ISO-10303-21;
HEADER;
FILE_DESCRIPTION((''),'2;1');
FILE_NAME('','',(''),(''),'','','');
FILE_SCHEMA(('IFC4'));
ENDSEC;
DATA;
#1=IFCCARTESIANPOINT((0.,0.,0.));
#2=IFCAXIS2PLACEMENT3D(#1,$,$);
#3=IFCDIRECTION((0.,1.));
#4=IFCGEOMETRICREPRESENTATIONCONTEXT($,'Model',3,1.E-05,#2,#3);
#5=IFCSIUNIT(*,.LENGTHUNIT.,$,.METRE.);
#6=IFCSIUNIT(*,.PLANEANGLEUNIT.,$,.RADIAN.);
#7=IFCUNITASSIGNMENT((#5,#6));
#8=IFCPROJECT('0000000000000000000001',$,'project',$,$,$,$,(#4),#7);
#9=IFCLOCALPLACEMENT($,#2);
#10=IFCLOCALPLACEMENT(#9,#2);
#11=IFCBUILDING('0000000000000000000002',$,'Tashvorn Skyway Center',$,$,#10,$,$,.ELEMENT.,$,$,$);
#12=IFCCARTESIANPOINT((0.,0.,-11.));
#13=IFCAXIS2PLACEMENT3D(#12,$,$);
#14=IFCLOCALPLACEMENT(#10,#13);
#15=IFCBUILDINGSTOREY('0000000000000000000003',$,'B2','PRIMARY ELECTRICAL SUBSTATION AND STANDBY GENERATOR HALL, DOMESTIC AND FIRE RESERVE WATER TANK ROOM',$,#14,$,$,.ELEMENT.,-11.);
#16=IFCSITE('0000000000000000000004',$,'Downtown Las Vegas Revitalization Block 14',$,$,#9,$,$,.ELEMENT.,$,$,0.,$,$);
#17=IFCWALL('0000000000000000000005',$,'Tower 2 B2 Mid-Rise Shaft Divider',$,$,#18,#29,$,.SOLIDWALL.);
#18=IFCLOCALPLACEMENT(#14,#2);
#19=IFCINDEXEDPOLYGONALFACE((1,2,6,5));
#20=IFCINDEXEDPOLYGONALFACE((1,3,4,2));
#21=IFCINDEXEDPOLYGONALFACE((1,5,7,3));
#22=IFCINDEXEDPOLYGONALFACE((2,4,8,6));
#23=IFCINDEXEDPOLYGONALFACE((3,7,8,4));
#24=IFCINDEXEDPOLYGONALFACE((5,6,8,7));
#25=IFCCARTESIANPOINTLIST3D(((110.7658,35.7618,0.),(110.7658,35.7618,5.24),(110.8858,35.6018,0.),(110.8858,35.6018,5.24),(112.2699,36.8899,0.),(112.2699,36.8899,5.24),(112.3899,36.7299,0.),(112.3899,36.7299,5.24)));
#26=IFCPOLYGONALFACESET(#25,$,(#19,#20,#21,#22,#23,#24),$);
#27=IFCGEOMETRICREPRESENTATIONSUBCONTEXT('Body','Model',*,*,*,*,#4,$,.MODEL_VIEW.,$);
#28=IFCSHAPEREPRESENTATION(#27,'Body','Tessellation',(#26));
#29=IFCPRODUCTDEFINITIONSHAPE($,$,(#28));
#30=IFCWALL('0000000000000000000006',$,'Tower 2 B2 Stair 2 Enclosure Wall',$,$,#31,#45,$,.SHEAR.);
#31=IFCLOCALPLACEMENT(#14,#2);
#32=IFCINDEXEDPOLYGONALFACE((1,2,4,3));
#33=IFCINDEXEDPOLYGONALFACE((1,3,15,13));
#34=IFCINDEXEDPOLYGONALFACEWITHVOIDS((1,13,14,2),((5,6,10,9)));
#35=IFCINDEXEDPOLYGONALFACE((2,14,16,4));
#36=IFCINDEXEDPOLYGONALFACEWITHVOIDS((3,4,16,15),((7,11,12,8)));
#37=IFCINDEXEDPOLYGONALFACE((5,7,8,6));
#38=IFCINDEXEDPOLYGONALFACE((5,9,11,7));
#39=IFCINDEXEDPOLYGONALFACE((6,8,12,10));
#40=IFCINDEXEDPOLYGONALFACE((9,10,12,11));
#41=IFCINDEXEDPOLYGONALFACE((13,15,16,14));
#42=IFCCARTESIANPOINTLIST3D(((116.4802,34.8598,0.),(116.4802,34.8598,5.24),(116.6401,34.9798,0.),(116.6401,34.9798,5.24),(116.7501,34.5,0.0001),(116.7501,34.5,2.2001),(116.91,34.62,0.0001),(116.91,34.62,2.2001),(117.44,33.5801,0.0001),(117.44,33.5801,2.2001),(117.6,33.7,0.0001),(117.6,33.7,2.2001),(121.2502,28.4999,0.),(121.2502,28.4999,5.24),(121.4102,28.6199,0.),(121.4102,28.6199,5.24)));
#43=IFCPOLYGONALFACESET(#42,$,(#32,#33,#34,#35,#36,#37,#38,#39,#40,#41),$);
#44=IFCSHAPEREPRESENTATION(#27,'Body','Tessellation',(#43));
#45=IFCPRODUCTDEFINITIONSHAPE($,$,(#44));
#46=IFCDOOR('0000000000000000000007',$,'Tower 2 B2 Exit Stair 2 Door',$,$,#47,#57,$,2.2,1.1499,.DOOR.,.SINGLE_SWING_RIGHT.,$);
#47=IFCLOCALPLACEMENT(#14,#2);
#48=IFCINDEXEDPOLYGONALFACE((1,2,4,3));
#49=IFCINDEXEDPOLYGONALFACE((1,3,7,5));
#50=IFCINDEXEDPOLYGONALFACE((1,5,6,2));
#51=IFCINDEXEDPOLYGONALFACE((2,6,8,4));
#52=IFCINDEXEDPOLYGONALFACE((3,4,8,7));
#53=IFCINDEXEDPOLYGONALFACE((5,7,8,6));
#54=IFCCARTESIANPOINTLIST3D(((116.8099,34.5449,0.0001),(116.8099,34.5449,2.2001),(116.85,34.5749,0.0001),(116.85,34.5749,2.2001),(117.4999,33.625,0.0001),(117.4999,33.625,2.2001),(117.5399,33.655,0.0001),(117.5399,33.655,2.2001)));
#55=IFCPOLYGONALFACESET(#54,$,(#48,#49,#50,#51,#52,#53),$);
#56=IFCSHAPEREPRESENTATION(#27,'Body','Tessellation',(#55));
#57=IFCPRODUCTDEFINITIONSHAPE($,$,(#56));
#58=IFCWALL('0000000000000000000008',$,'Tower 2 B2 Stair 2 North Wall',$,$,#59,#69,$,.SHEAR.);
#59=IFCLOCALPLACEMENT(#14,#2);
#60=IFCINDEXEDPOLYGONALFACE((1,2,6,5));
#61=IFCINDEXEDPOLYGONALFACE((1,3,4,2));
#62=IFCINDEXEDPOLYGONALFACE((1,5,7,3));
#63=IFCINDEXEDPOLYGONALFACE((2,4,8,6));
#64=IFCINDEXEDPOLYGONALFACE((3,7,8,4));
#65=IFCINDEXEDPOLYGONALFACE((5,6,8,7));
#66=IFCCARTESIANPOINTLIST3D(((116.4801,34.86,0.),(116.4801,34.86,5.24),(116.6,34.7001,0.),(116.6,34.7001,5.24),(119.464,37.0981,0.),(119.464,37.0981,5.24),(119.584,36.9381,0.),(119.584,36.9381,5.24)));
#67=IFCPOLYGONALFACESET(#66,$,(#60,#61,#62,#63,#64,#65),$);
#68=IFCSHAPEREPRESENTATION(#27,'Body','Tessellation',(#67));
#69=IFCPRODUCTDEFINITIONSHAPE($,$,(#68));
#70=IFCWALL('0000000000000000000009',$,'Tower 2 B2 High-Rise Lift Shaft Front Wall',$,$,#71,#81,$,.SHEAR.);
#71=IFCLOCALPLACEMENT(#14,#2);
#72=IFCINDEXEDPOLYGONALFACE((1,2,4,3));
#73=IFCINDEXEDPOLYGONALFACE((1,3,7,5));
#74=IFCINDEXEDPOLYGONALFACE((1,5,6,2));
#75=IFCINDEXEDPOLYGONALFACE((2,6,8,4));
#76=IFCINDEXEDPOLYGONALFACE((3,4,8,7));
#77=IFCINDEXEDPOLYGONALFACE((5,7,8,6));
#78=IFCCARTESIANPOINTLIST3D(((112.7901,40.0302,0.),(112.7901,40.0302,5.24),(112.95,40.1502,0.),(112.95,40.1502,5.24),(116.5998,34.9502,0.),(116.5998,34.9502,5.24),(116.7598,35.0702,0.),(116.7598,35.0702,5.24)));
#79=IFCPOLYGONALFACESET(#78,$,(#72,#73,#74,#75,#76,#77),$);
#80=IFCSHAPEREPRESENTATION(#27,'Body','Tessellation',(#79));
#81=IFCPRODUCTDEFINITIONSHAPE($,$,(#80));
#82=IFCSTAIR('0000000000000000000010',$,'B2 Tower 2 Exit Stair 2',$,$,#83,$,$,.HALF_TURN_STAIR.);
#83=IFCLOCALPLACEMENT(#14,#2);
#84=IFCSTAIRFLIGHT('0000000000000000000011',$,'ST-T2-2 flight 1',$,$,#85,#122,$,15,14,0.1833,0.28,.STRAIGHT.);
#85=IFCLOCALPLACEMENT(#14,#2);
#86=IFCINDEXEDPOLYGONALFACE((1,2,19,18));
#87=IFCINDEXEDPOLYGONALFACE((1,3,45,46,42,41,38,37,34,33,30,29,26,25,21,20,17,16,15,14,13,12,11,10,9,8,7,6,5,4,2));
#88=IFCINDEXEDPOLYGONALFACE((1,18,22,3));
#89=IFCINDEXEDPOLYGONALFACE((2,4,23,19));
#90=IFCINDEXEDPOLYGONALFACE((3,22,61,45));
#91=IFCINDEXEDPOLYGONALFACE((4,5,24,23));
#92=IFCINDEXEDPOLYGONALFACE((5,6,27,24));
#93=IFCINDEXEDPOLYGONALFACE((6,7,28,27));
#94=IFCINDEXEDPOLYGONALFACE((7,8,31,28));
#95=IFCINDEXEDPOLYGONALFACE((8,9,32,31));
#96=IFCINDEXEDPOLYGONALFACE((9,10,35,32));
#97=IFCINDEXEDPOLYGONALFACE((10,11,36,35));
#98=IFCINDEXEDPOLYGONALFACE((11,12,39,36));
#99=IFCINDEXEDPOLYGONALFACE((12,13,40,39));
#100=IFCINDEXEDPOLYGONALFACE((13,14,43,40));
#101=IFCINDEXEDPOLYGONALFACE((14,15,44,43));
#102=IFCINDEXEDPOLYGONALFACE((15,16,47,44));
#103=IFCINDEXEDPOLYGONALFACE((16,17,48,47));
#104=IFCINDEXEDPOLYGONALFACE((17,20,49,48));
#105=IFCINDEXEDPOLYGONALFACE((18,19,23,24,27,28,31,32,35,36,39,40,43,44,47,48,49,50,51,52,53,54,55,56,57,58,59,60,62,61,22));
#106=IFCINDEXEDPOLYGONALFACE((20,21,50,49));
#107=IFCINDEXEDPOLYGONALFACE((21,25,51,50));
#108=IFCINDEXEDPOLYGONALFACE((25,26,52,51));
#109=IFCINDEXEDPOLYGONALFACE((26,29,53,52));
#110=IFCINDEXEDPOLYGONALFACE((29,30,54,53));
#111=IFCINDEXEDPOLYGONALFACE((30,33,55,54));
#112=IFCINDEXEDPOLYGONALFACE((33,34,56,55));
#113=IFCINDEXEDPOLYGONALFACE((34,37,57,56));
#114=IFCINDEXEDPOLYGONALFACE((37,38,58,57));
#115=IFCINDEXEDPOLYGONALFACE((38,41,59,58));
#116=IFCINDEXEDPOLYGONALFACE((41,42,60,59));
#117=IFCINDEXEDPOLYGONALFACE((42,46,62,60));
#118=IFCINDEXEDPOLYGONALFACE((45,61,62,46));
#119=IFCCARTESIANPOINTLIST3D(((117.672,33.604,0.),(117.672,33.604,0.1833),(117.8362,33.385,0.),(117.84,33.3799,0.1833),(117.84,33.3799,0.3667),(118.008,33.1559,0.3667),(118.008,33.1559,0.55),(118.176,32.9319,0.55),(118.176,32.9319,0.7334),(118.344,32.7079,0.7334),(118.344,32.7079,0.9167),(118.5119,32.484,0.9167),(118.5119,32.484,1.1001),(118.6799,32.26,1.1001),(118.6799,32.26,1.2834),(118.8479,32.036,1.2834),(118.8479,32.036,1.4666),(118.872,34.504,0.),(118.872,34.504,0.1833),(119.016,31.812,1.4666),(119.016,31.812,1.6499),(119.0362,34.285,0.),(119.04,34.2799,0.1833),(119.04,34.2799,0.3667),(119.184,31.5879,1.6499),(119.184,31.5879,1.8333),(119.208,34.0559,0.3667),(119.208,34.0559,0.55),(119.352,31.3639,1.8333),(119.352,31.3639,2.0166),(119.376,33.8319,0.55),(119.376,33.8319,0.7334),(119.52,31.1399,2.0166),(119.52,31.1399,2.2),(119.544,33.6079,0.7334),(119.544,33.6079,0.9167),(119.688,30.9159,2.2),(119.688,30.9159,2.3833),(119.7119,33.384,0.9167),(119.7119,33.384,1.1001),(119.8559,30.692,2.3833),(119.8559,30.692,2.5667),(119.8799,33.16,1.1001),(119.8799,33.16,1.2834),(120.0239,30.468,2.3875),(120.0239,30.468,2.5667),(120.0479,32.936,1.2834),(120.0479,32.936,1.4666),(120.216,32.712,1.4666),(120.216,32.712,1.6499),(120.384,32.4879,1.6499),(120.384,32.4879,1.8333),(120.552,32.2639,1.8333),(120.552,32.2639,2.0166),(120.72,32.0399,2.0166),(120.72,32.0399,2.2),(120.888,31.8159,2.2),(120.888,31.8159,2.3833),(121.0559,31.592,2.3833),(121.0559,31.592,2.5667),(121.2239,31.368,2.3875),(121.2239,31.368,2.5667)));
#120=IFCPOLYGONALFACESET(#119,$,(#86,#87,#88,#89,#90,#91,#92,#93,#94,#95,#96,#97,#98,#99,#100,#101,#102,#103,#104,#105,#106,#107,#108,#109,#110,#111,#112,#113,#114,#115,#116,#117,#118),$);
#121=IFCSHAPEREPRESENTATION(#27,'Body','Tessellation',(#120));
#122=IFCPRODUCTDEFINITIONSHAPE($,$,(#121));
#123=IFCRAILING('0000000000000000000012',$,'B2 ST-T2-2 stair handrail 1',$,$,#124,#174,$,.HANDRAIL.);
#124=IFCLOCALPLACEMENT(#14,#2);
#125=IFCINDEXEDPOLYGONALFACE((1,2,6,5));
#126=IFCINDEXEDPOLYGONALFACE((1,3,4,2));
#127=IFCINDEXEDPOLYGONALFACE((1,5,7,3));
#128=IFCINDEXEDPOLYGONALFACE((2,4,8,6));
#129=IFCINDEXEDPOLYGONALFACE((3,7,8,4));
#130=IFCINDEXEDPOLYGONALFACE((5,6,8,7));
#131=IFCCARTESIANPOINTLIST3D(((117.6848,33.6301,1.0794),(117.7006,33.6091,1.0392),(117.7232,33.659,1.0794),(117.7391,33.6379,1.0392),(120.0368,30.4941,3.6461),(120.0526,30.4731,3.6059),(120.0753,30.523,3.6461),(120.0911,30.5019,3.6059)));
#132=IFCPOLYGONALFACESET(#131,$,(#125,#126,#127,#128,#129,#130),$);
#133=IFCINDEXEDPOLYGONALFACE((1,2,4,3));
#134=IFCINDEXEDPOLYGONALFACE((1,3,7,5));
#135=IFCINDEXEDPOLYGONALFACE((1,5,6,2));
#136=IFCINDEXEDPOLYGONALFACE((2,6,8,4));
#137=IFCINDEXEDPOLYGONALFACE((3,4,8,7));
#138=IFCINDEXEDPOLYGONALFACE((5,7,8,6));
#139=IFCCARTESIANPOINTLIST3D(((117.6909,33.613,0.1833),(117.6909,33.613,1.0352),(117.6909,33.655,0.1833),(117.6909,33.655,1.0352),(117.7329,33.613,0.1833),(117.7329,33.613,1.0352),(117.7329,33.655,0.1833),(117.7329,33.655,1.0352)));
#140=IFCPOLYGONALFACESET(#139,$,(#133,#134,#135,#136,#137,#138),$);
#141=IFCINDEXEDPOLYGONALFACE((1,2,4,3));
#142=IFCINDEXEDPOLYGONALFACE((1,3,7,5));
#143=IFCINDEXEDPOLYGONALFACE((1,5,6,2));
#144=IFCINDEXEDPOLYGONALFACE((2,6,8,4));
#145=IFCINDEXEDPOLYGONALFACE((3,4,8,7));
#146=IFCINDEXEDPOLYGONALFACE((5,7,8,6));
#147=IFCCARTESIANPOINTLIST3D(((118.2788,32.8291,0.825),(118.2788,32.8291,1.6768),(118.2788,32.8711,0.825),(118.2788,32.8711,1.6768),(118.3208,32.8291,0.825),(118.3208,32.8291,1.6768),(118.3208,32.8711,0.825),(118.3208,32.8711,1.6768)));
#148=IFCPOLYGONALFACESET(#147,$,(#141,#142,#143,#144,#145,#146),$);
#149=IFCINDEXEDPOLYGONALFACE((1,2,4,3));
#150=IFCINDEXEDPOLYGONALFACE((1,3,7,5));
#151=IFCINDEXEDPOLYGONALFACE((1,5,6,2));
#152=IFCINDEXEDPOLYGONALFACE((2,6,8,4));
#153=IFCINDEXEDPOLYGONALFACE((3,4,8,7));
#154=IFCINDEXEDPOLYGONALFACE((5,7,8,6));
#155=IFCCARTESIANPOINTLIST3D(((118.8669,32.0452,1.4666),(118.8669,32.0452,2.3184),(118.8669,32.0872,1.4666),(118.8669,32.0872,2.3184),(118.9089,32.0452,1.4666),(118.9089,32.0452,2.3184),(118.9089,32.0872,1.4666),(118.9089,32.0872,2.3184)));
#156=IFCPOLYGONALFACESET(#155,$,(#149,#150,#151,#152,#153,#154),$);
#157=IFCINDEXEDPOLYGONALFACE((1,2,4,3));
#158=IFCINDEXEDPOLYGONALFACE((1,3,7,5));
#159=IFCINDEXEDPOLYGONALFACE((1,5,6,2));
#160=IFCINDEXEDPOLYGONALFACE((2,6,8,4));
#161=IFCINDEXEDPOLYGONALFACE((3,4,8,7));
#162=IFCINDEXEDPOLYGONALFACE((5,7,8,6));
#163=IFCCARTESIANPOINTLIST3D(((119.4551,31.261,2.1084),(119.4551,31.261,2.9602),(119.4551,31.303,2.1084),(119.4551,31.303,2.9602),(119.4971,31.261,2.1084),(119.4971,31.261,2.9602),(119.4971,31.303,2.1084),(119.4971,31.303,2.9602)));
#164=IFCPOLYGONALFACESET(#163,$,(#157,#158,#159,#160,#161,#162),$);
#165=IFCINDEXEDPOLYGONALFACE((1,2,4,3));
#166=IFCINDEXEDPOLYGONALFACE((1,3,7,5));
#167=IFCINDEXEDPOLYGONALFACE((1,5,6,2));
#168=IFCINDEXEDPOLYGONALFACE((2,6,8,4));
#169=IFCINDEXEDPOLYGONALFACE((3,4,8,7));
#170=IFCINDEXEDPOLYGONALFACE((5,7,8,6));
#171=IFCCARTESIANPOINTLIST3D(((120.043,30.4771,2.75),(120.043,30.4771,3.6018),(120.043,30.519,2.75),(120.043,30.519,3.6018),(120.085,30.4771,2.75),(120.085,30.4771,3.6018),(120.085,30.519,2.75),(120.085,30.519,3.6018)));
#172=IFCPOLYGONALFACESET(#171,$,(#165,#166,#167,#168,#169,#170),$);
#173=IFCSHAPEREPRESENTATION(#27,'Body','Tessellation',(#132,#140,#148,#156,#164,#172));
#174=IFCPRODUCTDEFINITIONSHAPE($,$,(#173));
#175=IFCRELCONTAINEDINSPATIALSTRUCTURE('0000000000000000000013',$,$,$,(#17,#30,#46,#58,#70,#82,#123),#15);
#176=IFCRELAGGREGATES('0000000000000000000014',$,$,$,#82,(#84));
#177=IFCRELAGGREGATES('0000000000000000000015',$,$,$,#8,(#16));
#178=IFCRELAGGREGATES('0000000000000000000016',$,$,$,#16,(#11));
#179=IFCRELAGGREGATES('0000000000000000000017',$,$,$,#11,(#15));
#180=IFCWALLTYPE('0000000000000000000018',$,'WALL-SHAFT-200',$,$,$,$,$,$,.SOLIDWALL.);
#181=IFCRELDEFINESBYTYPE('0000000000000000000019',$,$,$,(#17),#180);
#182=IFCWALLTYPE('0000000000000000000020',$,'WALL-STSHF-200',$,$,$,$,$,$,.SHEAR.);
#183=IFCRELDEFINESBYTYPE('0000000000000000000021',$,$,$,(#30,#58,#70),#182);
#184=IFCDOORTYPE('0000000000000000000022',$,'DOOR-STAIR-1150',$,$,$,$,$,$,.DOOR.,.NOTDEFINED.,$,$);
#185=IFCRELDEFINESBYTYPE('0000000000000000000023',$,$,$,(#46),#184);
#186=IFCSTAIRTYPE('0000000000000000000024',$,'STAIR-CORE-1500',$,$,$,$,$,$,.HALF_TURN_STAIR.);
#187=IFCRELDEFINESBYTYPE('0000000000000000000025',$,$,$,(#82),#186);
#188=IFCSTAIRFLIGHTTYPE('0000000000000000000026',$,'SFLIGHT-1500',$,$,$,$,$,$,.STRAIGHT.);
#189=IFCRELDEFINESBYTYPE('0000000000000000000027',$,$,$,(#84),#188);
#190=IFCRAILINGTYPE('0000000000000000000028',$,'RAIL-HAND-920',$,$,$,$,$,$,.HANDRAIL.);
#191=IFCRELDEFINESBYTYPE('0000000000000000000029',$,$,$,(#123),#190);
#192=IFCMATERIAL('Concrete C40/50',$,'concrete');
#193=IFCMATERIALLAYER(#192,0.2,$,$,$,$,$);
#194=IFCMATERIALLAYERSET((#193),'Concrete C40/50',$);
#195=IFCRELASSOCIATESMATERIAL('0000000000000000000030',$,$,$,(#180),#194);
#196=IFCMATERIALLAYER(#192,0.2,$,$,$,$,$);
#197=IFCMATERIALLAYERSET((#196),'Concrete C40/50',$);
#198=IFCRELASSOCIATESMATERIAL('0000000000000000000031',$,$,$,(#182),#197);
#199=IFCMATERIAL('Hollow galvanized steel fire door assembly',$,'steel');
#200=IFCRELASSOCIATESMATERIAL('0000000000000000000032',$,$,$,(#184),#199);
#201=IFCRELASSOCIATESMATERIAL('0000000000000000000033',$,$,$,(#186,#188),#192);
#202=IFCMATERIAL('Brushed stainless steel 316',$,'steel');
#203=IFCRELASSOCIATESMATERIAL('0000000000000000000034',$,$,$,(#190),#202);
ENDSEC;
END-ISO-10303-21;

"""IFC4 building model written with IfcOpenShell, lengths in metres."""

from ifc_helpers import new_model, si_unit, direction, frame, frame_2d, origin, origin_2d, place, context, subcontext, project, spatial, polyline, rectangle, outline, extrude, material, layer, layer_set, type_object, element, fill, aggregate, save


model = new_model("IFC4")

# Units and contexts
model_context = context("Model", 3, precision=1e-05, world=origin(), true_north=direction((0.0, 1.0)))
body_context = subcontext(model_context, "Body", "Model", "MODEL_VIEW")
ifc_project = project(units=[si_unit("LENGTHUNIT", "METRE"), si_unit("PLANEANGLEUNIT", "RADIAN")], contexts=[model_context])

# Site, building, storey
site_placement = place(None, origin())
site = spatial("IfcSite", under=ifc_project, at=site_placement, Name="Downtown Las Vegas Revitalization Block 14", CompositionType="ELEMENT", RefElevation=0.0)
building_placement = place(site_placement, origin())
building = spatial("IfcBuilding", under=site, at=building_placement, Name="Tashvorn Skyway Center", CompositionType="ELEMENT")
storey_placement = place(building_placement, frame((0.0, 0.0, -11.0)))
storey = spatial("IfcBuildingStorey", under=building, at=storey_placement, Name="B2", Description="PRIMARY ELECTRICAL SUBSTATION AND STANDBY GENERATOR HALL, DOMESTIC AND FIRE RESERVE WATER TANK ROOM", CompositionType="ELEMENT", Elevation=-11.0)

# Shared definitions
ifc_material_1 = material(Name="Concrete C40/50", Category="concrete")
ifc_material_2 = material(Name="Hollow galvanized steel fire door assembly", Category="steel")

# Wall
ifc_layer_1 = layer(ifc_material_1, 0.2)
ifc_layer_set_1 = layer_set([ifc_layer_1], Name="Concrete C40/50")
wall_type_1 = type_object("IfcWallType", Name="WALL-SHAFT-200", PredefinedType="SOLIDWALL", material=ifc_layer_set_1)
wall_1_placement = place(storey_placement, frame((110.8259, 35.6819, 0.0), z_axis=(0.0, 0.0, 1.0), x_axis=(0.799984, 0.600021, 0.0)))
element("IfcWall", 1, at=wall_1_placement, inside=storey, type_object=wall_type_1, Name="Tower 2 B2 Mid-Rise Shaft Divider", PredefinedType="SOLIDWALL", context=body_context, shape_type="SweptSolid", body=[
    extrude(rectangle(XDim=1.8801, YDim=0.2, at=frame_2d((0.9399, 0.0))), origin(), (0.0, 0.0, 1.0), 5.24),
])

# Wall, opening, door
ifc_layer_2 = layer(ifc_material_1, 0.2)
ifc_layer_set_2 = layer_set([ifc_layer_2], Name="Concrete C40/50")
wall_type_2 = type_object("IfcWallType", Name="WALL-STSHF-200", PredefinedType="SHEAR", material=ifc_layer_set_2)
wall_2_placement = place(storey_placement, frame((116.5601, 34.9199, 0.0), z_axis=(0.0, 0.0, 1.0), x_axis=(0.60001, -0.799993, 0.0)))
wall_2 = element("IfcWall", 2, at=wall_2_placement, inside=storey, type_object=wall_type_2, Name="Tower 2 B2 Stair 2 Enclosure Wall", PredefinedType="SHEAR", context=body_context, shape_type="SweptSolid", body=[
    extrude(rectangle(XDim=7.95, YDim=0.2, at=frame_2d((3.9751, 0.0))), origin(), (0.0, 0.0, 1.0), 5.24),
])
opening_1_placement = place(wall_2_placement, frame((0.45, 0.0, 0.0)))
opening_1 = element("IfcOpeningElement", 3, at=opening_1_placement, cuts=wall_2, PredefinedType="OPENING", context=body_context, shape_type="SweptSolid", body=[
    extrude(rectangle(XDim=1.1499, YDim=2.2, at=frame_2d((0.575, 1.1001))), frame((0.0, 0.1099, 0.0), z_axis=(0.0, -1.0, 0.0), x_axis=(1.0, 0.0, 0.0)), (0.0, 0.0, 1.0), 0.22),
])
door_type_1 = type_object("IfcDoorType", Name="DOOR-STAIR-1150", OperationType="NOTDEFINED", PredefinedType="DOOR", material=ifc_material_2)
door_1_placement = place(opening_1_placement, origin())
door_1 = element("IfcDoor", 4, at=door_1_placement, inside=storey, type_object=door_type_1, Name="Tower 2 B2 Exit Stair 2 Door", OperationType="SINGLE_SWING_RIGHT", OverallHeight=2.2, OverallWidth=1.1499, PredefinedType="DOOR", context=body_context, shape_type="SweptSolid", body=[
    extrude(rectangle(XDim=1.1499, YDim=2.2, at=frame_2d((0.575, 1.1001))), frame((0.0, 0.0249, 0.0), z_axis=(0.0, -1.0, 0.0), x_axis=(1.0, 0.0, 0.0)), (0.0, 0.0, 1.0), 0.05),
])
fill(opening_1, door_1)

# Walls
wall_3_placement = place(storey_placement, frame((116.54, 34.78, 0.0), z_axis=(0.0, 0.0, 1.0), x_axis=(0.799984, 0.600021, 0.0)))
element("IfcWall", 5, at=wall_3_placement, inside=storey, type_object=wall_type_2, Name="Tower 2 B2 Stair 2 North Wall", PredefinedType="SHEAR", context=body_context, shape_type="SweptSolid", body=[
    extrude(rectangle(XDim=3.73, YDim=0.2, at=frame_2d((1.865, 0.0))), origin(), (0.0, 0.0, 1.0), 5.24),
])
wall_4_placement = place(storey_placement, frame((112.8701, 40.0901, 0.0), z_axis=(0.0, 0.0, 1.0), x_axis=(0.599975, -0.800018, 0.0)))
element("IfcWall", 6, at=wall_4_placement, inside=storey, type_object=wall_type_2, Name="Tower 2 B2 High-Rise Lift Shaft Front Wall", PredefinedType="SHEAR", context=body_context, shape_type="SweptSolid", body=[
    extrude(rectangle(XDim=6.3499, YDim=0.2, at=frame_2d((3.1748, 0.0))), origin(), (0.0, 0.0, 1.0), 5.24),
])

# Stair, stair flight
stair_type = type_object("IfcStairType", Name="STAIR-CORE-1500", PredefinedType="HALF_TURN_STAIR", material=ifc_material_1)
stair_placement = place(storey_placement, origin())
stair = element("IfcStair", 7, at=stair_placement, inside=storey, type_object=stair_type, Name="B2 Tower 2 Exit Stair 2", PredefinedType="HALF_TURN_STAIR")
stair_flight_type = type_object("IfcStairFlightType", Name="SFLIGHT-1500", PredefinedType="STRAIGHT", material=ifc_material_1)
stair_flight_placement = place(storey_placement, frame((118.272, 34.054, 0.0), z_axis=(0.0, 0.0, 1.0), x_axis=(0.6, -0.8, 0.0)))
stair_flight = element("IfcStairFlight", 8, at=stair_flight_placement, type_object=stair_flight_type, Name="ST-T2-2 flight 1", NumberOfRisers=15, NumberOfTreads=14, PredefinedType="STRAIGHT", RiserHeight=0.1833, TreadLength=0.28, context=body_context, shape_type="SweptSolid", body=[
    extrude(outline(polyline([(0.0, 0.0), (0.0, 0.1833), (0.28, 0.1833), (0.28, 0.3667), (0.5601, 0.3667), (0.5601, 0.55), (0.8401, 0.55), (0.8401, 0.7334), (1.1201, 0.7334), (1.1201, 0.9167), (1.3999, 0.9167), (1.3999, 1.1001), (1.6799, 1.1001), (1.6799, 1.2834), (1.96, 1.2834), (1.96, 1.4666), (2.24, 1.4666), (2.24, 1.6499), (2.52, 1.6499), (2.52, 1.8333), (2.8, 1.8333), (2.8, 2.0166), (3.0801, 2.0166), (3.0801, 2.2), (3.3601, 2.2), (3.3601, 2.3833), (3.6399, 2.3833), (3.6399, 2.5667), (3.9199, 2.5667), (3.9199, 2.75), (3.9199, 2.3875), (0.2737, 0.0), (0.0, 0.0)])), frame((0.0, 0.75, 0.0), z_axis=(0.0, -1.0, 0.0), x_axis=(1.0, 0.0, 0.0)), (0.0, 0.0, 1.0), 1.5),
])
aggregate(stair, [stair_flight])

# Railing
ifc_material_3 = material(Name="Brushed stainless steel 316", Category="steel")
railing_type_1 = type_object("IfcRailingType", Name="RAIL-HAND-920", PredefinedType="HANDRAIL", material=ifc_material_3)
railing_1_placement = place(storey_placement, frame((117.7119, 33.634, 0.1833)))
element("IfcRailing", 9, at=railing_1_placement, inside=storey, type_object=railing_type_1, Name="B2 ST-T2-2 stair handrail 1", PredefinedType="HANDRAIL", context=body_context, shape_type="SweptSolid", body=[
    extrude(rectangle(XDim=0.0481, YDim=0.0481, at=origin_2d()), frame((0.0, 0.0, 0.876), z_axis=(0.501981, -0.669291, 0.547782), x_axis=(0.799993, 0.60001, 0.0)), (0.0, 0.0, 1.0), 4.6855),
    extrude(rectangle(XDim=0.042, YDim=0.042, at=origin_2d()), origin(), (0.0, 0.0, 1.0), 0.8518),
    extrude(rectangle(XDim=0.042, YDim=0.042, at=origin_2d()), frame((0.5879, -0.7839, 0.6416)), (0.0, 0.0, 1.0), 0.8518),
    extrude(rectangle(XDim=0.042, YDim=0.042, at=origin_2d()), frame((1.176, -1.5679, 1.2832)), (0.0, 0.0, 1.0), 0.8518),
    extrude(rectangle(XDim=0.042, YDim=0.042, at=origin_2d()), frame((1.7642, -2.3521, 1.925)), (0.0, 0.0, 1.0), 0.8518),
    extrude(rectangle(XDim=0.042, YDim=0.042, at=origin_2d()), frame((2.3521, -3.136, 2.5667)), (0.0, 0.0, 1.0), 0.8518),
])

save(model, "model.ifc")
